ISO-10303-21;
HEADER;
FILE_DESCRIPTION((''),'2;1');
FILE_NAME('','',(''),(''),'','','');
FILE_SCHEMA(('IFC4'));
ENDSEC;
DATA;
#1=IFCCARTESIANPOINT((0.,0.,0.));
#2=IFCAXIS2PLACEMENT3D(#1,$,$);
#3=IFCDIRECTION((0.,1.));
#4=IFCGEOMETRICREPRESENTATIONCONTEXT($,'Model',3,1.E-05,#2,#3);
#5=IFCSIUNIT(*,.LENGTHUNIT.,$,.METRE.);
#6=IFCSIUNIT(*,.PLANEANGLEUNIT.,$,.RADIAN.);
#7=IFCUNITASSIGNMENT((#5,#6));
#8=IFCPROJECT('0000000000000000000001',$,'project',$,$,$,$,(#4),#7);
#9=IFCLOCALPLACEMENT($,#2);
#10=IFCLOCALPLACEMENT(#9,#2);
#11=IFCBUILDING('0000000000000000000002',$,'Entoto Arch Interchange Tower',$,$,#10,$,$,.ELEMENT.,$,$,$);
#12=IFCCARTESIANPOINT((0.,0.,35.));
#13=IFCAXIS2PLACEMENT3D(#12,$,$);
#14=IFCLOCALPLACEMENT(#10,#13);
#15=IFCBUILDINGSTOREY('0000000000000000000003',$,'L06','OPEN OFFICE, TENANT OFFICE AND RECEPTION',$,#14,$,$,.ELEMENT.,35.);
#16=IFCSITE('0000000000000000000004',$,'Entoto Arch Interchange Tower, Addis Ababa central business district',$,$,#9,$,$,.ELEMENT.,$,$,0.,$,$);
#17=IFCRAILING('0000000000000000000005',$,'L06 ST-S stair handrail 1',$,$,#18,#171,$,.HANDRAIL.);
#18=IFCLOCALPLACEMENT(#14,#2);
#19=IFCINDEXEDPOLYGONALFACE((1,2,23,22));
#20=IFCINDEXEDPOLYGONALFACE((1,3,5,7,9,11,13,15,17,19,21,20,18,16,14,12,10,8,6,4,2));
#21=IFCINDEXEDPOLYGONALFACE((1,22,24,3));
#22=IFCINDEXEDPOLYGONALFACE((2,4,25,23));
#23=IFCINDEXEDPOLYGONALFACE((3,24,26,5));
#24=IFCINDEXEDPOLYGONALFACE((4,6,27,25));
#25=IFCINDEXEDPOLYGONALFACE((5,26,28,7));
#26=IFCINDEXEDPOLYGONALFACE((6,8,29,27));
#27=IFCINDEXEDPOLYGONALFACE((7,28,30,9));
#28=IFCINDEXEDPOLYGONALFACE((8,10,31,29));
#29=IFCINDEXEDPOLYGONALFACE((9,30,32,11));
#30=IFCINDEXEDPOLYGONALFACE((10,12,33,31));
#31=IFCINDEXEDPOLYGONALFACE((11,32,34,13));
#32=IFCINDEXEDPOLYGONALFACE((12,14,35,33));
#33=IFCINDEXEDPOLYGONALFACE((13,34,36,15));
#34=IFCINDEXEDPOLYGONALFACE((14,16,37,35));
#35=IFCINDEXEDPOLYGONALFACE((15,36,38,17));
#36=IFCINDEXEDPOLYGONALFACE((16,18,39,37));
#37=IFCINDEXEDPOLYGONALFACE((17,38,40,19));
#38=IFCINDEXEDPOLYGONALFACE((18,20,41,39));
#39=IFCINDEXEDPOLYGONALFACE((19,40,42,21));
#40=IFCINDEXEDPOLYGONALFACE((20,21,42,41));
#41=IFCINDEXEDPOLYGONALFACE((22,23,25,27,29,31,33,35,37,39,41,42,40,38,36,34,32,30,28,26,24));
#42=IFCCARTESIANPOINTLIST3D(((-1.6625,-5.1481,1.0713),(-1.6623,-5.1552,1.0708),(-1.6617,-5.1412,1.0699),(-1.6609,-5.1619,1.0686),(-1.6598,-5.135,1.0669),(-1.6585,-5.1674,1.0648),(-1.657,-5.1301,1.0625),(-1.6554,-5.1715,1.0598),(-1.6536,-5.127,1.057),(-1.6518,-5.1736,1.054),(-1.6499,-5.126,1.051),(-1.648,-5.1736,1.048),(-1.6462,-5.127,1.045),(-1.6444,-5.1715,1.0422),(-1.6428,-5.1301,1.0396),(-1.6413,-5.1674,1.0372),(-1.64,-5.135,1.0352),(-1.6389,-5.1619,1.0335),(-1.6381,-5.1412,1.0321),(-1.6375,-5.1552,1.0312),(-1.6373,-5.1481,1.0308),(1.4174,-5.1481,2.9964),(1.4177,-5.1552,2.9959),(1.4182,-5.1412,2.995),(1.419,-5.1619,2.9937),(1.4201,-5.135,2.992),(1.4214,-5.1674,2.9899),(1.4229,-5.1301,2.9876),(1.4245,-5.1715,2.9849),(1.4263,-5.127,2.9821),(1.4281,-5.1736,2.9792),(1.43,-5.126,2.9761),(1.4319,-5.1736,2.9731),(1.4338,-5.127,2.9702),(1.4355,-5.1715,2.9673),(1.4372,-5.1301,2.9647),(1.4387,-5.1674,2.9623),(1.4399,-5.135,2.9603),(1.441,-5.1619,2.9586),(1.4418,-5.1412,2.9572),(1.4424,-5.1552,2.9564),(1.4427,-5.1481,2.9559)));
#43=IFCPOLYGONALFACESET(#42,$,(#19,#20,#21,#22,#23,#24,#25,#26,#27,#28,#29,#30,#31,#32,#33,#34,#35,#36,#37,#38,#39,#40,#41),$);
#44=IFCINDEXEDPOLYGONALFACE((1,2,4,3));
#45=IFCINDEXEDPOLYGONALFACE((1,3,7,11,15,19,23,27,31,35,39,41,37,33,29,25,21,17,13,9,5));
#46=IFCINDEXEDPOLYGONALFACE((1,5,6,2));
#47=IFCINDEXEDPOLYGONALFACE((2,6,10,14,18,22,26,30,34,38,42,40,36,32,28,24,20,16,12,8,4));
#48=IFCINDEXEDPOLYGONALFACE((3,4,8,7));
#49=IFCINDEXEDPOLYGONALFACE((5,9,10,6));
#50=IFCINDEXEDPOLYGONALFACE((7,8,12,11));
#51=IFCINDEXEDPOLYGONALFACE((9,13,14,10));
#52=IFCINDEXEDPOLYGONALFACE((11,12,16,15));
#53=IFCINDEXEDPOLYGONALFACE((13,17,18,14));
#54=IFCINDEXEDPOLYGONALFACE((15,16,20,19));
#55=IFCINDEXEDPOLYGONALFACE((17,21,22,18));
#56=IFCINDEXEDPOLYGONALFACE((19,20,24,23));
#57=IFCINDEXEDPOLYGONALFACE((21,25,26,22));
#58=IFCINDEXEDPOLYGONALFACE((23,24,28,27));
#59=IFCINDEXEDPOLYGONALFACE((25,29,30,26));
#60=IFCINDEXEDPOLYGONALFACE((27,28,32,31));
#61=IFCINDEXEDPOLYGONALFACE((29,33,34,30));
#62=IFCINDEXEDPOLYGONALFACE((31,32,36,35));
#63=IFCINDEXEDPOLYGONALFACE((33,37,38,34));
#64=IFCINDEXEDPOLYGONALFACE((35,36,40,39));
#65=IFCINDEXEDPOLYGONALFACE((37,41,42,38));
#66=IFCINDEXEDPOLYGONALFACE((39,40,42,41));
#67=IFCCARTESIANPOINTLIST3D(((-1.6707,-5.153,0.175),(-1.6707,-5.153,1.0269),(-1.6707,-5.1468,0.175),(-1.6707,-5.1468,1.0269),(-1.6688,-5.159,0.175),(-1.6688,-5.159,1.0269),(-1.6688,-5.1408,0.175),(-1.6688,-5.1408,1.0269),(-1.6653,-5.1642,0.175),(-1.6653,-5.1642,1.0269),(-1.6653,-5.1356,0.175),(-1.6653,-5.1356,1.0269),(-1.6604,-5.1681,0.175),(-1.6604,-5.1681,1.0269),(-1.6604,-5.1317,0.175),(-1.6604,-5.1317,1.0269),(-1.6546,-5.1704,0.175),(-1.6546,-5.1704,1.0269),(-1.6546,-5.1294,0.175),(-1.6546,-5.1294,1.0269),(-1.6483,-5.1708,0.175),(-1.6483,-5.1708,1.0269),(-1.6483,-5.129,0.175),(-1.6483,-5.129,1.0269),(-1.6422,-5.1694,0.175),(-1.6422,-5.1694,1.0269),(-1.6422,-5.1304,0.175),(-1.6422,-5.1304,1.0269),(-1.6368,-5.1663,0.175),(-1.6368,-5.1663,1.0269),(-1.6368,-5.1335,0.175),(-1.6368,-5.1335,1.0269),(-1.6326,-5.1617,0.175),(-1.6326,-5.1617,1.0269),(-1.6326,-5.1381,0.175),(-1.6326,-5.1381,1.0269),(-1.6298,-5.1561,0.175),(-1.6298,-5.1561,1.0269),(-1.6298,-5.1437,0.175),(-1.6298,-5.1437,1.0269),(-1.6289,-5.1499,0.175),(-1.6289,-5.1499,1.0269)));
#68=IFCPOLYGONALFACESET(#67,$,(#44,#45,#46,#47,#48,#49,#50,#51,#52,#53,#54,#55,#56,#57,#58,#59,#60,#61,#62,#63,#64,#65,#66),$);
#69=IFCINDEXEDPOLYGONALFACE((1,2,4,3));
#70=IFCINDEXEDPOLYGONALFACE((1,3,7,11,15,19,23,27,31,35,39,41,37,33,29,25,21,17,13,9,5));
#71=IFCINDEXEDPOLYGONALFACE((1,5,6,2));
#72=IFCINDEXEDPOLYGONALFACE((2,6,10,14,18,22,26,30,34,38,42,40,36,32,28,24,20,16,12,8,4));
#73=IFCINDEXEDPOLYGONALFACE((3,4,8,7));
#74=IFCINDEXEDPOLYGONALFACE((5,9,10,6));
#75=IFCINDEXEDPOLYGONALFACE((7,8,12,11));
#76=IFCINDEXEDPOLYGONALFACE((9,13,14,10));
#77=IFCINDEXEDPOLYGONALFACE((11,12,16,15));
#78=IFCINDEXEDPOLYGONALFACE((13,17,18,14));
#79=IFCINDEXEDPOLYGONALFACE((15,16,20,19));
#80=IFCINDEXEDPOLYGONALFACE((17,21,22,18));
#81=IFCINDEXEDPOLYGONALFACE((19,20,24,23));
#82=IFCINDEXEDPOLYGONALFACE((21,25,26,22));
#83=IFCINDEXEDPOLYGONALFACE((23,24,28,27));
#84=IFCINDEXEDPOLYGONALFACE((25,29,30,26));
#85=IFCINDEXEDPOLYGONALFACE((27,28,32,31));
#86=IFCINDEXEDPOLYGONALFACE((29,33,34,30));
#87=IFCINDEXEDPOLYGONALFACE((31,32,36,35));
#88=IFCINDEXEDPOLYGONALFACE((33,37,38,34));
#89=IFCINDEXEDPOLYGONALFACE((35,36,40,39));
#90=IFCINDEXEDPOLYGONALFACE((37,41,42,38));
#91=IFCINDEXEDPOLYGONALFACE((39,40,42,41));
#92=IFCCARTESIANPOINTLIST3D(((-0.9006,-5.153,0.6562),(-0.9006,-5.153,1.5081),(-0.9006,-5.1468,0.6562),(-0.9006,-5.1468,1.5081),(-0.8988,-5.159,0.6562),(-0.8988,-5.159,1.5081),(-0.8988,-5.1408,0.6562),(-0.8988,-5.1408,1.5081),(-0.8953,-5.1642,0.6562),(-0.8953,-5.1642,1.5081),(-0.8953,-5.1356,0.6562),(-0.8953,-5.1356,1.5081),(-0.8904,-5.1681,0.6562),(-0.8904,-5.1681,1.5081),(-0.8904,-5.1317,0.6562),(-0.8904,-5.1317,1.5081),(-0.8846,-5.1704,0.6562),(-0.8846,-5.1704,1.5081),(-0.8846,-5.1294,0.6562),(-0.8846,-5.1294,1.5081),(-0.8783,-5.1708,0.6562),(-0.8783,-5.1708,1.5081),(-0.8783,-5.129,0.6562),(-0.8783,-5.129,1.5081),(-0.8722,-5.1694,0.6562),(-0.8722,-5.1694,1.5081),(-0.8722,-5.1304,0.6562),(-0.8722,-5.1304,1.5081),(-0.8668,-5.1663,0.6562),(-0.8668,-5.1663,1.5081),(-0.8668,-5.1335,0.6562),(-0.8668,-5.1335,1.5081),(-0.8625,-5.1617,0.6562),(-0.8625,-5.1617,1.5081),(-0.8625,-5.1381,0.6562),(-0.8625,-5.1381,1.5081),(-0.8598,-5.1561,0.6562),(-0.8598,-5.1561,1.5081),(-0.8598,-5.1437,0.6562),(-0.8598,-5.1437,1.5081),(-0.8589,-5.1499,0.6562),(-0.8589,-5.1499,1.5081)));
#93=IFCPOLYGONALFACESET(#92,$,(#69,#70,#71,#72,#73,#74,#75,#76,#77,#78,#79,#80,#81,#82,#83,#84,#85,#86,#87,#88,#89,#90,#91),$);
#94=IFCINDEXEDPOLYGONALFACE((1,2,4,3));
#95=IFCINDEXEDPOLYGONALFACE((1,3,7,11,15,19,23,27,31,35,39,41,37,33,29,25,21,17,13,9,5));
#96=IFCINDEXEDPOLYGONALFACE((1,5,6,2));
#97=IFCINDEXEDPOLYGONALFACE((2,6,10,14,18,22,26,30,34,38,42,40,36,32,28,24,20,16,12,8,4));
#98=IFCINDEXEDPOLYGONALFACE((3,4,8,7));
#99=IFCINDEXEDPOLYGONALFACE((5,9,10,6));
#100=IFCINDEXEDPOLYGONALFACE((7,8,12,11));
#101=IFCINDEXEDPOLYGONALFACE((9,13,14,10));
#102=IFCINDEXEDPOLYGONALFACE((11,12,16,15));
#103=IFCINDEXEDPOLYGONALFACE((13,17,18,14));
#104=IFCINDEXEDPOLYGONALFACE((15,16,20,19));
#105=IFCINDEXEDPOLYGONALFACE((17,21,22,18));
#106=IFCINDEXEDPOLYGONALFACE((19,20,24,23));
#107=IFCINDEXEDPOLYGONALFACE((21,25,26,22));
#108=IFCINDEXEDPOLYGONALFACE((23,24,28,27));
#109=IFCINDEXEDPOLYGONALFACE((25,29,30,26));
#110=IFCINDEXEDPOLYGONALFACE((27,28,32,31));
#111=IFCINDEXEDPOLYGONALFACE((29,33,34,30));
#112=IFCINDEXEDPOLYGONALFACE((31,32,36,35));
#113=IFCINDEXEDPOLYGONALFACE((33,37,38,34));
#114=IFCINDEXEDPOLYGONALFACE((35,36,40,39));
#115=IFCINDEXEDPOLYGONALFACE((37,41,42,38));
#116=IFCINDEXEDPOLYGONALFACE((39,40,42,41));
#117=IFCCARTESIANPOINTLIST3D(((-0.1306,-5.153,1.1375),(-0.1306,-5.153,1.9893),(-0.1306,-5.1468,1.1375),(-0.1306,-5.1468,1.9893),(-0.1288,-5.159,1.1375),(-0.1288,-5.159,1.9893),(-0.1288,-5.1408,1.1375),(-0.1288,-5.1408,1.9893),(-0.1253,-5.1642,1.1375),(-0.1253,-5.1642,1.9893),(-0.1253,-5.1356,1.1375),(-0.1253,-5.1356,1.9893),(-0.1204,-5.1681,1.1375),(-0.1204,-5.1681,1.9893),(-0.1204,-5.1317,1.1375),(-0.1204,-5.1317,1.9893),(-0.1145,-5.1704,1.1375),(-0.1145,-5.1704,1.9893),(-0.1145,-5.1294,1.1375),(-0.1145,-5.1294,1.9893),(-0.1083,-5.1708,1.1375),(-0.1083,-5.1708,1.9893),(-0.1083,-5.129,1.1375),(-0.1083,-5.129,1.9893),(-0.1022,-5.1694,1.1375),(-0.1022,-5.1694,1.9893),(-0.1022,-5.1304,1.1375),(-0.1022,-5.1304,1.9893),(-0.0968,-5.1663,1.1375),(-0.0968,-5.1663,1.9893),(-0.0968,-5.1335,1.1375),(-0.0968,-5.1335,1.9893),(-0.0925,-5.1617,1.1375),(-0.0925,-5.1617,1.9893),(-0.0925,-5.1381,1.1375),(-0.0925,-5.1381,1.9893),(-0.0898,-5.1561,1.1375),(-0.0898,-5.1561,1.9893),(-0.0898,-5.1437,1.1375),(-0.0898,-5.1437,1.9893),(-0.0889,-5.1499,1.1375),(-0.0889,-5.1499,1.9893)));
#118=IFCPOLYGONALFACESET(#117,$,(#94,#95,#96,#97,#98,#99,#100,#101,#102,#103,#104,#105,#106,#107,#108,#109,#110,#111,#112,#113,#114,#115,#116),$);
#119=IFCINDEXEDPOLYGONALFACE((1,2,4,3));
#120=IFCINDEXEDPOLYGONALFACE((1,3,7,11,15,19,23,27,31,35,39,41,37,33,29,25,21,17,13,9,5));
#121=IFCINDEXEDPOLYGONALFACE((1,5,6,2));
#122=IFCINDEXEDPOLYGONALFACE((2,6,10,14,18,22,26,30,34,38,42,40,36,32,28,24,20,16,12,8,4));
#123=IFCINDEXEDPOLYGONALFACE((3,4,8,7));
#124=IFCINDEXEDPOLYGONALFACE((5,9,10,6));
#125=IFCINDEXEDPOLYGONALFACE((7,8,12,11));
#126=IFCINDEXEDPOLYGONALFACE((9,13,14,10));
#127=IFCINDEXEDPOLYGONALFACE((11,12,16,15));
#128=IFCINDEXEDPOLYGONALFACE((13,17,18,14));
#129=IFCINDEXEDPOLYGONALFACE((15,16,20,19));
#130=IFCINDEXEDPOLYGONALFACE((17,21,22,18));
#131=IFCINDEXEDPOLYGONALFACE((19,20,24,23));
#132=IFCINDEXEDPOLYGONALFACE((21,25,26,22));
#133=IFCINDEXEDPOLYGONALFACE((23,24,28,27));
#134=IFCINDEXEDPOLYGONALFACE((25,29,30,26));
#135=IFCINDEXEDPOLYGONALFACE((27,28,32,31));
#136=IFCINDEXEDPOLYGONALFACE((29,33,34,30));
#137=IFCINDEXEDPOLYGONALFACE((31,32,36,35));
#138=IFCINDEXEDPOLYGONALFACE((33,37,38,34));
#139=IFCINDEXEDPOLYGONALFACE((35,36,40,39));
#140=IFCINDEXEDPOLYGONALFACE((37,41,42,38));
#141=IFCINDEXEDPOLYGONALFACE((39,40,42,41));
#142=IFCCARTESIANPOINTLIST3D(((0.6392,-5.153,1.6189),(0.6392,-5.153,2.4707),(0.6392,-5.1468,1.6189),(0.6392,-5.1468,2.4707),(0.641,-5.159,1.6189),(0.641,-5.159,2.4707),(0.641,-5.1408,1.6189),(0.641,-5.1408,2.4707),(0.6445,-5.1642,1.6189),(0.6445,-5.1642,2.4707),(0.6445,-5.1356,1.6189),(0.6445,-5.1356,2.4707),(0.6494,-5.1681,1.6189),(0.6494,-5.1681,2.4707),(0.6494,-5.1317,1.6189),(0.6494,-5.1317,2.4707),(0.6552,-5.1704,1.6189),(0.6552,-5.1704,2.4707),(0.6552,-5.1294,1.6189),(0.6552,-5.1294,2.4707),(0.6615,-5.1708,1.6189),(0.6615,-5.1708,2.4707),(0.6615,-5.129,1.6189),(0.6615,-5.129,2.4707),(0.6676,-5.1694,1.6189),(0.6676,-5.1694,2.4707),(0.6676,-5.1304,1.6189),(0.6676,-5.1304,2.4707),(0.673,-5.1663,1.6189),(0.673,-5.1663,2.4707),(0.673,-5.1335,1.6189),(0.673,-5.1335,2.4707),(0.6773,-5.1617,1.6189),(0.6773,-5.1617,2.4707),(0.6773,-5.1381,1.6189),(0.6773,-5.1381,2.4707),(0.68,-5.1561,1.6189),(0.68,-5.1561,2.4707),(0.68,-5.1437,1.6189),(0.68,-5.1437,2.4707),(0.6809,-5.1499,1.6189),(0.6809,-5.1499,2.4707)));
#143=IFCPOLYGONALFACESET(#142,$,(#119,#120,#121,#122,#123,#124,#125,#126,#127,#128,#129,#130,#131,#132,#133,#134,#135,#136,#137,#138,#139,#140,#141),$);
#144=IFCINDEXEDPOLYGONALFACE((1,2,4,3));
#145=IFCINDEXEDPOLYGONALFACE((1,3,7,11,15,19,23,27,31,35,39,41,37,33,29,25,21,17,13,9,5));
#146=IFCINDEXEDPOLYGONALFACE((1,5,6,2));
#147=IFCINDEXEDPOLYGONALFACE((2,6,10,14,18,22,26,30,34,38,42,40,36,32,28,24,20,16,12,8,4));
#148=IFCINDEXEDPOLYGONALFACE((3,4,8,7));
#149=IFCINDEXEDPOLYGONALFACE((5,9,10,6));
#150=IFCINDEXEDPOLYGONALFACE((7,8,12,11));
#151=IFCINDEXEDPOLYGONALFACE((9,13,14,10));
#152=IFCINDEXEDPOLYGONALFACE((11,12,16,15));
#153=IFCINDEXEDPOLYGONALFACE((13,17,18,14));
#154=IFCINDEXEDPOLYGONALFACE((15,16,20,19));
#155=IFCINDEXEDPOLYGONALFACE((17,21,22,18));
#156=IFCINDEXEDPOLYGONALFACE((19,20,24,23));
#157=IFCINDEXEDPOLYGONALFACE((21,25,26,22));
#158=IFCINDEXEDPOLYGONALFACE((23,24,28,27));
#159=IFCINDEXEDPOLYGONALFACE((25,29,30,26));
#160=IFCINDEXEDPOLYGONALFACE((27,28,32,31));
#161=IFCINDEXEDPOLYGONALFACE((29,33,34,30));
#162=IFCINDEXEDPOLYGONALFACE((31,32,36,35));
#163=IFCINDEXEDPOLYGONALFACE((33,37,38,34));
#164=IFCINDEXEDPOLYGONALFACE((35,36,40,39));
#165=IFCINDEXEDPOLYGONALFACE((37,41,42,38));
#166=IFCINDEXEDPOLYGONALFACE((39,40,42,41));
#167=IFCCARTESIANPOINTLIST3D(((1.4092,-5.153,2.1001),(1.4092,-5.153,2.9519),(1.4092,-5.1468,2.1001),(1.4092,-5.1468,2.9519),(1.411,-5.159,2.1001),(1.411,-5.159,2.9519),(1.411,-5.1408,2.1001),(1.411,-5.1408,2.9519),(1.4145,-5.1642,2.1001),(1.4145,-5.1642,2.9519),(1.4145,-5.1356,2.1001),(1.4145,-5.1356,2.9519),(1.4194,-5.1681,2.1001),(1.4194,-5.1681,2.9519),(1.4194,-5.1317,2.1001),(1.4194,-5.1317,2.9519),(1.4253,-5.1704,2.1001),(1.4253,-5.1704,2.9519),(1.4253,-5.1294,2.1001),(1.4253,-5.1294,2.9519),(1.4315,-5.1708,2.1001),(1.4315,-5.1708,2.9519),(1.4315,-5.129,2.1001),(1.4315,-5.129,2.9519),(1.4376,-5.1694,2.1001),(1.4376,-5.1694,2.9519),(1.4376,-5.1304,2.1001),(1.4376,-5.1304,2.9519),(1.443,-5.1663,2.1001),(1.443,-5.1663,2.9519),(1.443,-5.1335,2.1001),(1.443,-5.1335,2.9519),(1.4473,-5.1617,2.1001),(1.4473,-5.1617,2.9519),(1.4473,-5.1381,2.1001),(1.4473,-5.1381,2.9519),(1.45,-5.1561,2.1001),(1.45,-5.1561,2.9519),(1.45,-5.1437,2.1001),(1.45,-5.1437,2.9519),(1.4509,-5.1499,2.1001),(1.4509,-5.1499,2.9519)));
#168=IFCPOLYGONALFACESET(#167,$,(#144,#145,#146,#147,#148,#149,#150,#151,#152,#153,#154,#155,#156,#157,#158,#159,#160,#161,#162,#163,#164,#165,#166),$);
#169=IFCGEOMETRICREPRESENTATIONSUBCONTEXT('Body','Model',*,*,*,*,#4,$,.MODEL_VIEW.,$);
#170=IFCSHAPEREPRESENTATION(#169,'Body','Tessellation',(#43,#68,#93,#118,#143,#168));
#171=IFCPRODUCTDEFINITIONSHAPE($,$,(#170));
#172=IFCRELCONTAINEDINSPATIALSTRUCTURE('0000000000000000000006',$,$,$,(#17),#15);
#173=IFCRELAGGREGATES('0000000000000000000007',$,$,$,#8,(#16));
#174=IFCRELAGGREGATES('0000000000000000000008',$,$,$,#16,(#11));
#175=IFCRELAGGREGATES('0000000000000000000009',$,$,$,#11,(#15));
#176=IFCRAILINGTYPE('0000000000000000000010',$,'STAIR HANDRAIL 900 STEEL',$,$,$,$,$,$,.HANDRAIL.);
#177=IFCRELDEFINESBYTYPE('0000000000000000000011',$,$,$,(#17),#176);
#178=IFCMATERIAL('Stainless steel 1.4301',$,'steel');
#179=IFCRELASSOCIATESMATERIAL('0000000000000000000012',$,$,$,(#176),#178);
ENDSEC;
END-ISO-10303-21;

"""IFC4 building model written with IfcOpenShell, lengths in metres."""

from ifc_helpers import new_model, si_unit, direction, frame, origin, origin_2d, place, context, subcontext, project, spatial, circle, extrude, material, type_object, element, save


model = new_model("IFC4")

# Units and contexts
model_context = context("Model", 3, precision=1e-05, world=origin(), true_north=direction((0.0, 1.0)))
body_context = subcontext(model_context, "Body", "Model", "MODEL_VIEW")
ifc_project = project(units=[si_unit("LENGTHUNIT", "METRE"), si_unit("PLANEANGLEUNIT", "RADIAN")], contexts=[model_context])

# Site, building, storey
site_placement = place(None, origin())
site = spatial("IfcSite", under=ifc_project, at=site_placement, Name="Entoto Arch Interchange Tower, Addis Ababa central business district", CompositionType="ELEMENT", RefElevation=0.0)
building_placement = place(site_placement, origin())
building = spatial("IfcBuilding", under=site, at=building_placement, Name="Entoto Arch Interchange Tower", CompositionType="ELEMENT")
storey_placement = place(building_placement, frame((0.0, 0.0, 35.0)))
storey = spatial("IfcBuildingStorey", under=building, at=storey_placement, Name="L06", Description="OPEN OFFICE, TENANT OFFICE AND RECEPTION", CompositionType="ELEMENT", Elevation=35.0)

# Railing
ifc_material_1 = material(Name="Stainless steel 1.4301", Category="steel")
railing_type_1 = type_object("IfcRailingType", Name="STAIR HANDRAIL 900 STEEL", PredefinedType="HANDRAIL", material=ifc_material_1)
railing_1_placement = place(storey_placement, frame((-1.6499, -5.1499, 0.175)))
element("IfcRailing", 1, at=railing_1_placement, inside=storey, type_object=railing_type_1, Name="L06 ST-S stair handrail 1", PredefinedType="HANDRAIL", context=body_context, shape_type="SweptSolid", body=[
    extrude(circle(Radius=0.0239, at=origin_2d()), frame((0.0, 0.0, 0.876), z_axis=(0.847979, 0.0, 0.530029), x_axis=(0.0, 1.0, 0.0)), (0.0, 0.0, 1.0), 3.6321),
    extrude(circle(Radius=0.021, at=origin_2d()), origin(), (0.0, 0.0, 1.0), 0.8518),
    extrude(circle(Radius=0.021, at=origin_2d()), frame((0.77, 0.0, 0.4812)), (0.0, 0.0, 1.0), 0.8518),
    extrude(circle(Radius=0.021, at=origin_2d()), frame((1.54, 0.0, 0.9624)), (0.0, 0.0, 1.0), 0.8518),
    extrude(circle(Radius=0.021, at=origin_2d()), frame((2.3098, 0.0, 1.4438)), (0.0, 0.0, 1.0), 0.8518),
    extrude(circle(Radius=0.021, at=origin_2d()), frame((3.0798, 0.0, 1.925)), (0.0, 0.0, 1.0), 0.8518),
])

save(model, "model.ifc")
